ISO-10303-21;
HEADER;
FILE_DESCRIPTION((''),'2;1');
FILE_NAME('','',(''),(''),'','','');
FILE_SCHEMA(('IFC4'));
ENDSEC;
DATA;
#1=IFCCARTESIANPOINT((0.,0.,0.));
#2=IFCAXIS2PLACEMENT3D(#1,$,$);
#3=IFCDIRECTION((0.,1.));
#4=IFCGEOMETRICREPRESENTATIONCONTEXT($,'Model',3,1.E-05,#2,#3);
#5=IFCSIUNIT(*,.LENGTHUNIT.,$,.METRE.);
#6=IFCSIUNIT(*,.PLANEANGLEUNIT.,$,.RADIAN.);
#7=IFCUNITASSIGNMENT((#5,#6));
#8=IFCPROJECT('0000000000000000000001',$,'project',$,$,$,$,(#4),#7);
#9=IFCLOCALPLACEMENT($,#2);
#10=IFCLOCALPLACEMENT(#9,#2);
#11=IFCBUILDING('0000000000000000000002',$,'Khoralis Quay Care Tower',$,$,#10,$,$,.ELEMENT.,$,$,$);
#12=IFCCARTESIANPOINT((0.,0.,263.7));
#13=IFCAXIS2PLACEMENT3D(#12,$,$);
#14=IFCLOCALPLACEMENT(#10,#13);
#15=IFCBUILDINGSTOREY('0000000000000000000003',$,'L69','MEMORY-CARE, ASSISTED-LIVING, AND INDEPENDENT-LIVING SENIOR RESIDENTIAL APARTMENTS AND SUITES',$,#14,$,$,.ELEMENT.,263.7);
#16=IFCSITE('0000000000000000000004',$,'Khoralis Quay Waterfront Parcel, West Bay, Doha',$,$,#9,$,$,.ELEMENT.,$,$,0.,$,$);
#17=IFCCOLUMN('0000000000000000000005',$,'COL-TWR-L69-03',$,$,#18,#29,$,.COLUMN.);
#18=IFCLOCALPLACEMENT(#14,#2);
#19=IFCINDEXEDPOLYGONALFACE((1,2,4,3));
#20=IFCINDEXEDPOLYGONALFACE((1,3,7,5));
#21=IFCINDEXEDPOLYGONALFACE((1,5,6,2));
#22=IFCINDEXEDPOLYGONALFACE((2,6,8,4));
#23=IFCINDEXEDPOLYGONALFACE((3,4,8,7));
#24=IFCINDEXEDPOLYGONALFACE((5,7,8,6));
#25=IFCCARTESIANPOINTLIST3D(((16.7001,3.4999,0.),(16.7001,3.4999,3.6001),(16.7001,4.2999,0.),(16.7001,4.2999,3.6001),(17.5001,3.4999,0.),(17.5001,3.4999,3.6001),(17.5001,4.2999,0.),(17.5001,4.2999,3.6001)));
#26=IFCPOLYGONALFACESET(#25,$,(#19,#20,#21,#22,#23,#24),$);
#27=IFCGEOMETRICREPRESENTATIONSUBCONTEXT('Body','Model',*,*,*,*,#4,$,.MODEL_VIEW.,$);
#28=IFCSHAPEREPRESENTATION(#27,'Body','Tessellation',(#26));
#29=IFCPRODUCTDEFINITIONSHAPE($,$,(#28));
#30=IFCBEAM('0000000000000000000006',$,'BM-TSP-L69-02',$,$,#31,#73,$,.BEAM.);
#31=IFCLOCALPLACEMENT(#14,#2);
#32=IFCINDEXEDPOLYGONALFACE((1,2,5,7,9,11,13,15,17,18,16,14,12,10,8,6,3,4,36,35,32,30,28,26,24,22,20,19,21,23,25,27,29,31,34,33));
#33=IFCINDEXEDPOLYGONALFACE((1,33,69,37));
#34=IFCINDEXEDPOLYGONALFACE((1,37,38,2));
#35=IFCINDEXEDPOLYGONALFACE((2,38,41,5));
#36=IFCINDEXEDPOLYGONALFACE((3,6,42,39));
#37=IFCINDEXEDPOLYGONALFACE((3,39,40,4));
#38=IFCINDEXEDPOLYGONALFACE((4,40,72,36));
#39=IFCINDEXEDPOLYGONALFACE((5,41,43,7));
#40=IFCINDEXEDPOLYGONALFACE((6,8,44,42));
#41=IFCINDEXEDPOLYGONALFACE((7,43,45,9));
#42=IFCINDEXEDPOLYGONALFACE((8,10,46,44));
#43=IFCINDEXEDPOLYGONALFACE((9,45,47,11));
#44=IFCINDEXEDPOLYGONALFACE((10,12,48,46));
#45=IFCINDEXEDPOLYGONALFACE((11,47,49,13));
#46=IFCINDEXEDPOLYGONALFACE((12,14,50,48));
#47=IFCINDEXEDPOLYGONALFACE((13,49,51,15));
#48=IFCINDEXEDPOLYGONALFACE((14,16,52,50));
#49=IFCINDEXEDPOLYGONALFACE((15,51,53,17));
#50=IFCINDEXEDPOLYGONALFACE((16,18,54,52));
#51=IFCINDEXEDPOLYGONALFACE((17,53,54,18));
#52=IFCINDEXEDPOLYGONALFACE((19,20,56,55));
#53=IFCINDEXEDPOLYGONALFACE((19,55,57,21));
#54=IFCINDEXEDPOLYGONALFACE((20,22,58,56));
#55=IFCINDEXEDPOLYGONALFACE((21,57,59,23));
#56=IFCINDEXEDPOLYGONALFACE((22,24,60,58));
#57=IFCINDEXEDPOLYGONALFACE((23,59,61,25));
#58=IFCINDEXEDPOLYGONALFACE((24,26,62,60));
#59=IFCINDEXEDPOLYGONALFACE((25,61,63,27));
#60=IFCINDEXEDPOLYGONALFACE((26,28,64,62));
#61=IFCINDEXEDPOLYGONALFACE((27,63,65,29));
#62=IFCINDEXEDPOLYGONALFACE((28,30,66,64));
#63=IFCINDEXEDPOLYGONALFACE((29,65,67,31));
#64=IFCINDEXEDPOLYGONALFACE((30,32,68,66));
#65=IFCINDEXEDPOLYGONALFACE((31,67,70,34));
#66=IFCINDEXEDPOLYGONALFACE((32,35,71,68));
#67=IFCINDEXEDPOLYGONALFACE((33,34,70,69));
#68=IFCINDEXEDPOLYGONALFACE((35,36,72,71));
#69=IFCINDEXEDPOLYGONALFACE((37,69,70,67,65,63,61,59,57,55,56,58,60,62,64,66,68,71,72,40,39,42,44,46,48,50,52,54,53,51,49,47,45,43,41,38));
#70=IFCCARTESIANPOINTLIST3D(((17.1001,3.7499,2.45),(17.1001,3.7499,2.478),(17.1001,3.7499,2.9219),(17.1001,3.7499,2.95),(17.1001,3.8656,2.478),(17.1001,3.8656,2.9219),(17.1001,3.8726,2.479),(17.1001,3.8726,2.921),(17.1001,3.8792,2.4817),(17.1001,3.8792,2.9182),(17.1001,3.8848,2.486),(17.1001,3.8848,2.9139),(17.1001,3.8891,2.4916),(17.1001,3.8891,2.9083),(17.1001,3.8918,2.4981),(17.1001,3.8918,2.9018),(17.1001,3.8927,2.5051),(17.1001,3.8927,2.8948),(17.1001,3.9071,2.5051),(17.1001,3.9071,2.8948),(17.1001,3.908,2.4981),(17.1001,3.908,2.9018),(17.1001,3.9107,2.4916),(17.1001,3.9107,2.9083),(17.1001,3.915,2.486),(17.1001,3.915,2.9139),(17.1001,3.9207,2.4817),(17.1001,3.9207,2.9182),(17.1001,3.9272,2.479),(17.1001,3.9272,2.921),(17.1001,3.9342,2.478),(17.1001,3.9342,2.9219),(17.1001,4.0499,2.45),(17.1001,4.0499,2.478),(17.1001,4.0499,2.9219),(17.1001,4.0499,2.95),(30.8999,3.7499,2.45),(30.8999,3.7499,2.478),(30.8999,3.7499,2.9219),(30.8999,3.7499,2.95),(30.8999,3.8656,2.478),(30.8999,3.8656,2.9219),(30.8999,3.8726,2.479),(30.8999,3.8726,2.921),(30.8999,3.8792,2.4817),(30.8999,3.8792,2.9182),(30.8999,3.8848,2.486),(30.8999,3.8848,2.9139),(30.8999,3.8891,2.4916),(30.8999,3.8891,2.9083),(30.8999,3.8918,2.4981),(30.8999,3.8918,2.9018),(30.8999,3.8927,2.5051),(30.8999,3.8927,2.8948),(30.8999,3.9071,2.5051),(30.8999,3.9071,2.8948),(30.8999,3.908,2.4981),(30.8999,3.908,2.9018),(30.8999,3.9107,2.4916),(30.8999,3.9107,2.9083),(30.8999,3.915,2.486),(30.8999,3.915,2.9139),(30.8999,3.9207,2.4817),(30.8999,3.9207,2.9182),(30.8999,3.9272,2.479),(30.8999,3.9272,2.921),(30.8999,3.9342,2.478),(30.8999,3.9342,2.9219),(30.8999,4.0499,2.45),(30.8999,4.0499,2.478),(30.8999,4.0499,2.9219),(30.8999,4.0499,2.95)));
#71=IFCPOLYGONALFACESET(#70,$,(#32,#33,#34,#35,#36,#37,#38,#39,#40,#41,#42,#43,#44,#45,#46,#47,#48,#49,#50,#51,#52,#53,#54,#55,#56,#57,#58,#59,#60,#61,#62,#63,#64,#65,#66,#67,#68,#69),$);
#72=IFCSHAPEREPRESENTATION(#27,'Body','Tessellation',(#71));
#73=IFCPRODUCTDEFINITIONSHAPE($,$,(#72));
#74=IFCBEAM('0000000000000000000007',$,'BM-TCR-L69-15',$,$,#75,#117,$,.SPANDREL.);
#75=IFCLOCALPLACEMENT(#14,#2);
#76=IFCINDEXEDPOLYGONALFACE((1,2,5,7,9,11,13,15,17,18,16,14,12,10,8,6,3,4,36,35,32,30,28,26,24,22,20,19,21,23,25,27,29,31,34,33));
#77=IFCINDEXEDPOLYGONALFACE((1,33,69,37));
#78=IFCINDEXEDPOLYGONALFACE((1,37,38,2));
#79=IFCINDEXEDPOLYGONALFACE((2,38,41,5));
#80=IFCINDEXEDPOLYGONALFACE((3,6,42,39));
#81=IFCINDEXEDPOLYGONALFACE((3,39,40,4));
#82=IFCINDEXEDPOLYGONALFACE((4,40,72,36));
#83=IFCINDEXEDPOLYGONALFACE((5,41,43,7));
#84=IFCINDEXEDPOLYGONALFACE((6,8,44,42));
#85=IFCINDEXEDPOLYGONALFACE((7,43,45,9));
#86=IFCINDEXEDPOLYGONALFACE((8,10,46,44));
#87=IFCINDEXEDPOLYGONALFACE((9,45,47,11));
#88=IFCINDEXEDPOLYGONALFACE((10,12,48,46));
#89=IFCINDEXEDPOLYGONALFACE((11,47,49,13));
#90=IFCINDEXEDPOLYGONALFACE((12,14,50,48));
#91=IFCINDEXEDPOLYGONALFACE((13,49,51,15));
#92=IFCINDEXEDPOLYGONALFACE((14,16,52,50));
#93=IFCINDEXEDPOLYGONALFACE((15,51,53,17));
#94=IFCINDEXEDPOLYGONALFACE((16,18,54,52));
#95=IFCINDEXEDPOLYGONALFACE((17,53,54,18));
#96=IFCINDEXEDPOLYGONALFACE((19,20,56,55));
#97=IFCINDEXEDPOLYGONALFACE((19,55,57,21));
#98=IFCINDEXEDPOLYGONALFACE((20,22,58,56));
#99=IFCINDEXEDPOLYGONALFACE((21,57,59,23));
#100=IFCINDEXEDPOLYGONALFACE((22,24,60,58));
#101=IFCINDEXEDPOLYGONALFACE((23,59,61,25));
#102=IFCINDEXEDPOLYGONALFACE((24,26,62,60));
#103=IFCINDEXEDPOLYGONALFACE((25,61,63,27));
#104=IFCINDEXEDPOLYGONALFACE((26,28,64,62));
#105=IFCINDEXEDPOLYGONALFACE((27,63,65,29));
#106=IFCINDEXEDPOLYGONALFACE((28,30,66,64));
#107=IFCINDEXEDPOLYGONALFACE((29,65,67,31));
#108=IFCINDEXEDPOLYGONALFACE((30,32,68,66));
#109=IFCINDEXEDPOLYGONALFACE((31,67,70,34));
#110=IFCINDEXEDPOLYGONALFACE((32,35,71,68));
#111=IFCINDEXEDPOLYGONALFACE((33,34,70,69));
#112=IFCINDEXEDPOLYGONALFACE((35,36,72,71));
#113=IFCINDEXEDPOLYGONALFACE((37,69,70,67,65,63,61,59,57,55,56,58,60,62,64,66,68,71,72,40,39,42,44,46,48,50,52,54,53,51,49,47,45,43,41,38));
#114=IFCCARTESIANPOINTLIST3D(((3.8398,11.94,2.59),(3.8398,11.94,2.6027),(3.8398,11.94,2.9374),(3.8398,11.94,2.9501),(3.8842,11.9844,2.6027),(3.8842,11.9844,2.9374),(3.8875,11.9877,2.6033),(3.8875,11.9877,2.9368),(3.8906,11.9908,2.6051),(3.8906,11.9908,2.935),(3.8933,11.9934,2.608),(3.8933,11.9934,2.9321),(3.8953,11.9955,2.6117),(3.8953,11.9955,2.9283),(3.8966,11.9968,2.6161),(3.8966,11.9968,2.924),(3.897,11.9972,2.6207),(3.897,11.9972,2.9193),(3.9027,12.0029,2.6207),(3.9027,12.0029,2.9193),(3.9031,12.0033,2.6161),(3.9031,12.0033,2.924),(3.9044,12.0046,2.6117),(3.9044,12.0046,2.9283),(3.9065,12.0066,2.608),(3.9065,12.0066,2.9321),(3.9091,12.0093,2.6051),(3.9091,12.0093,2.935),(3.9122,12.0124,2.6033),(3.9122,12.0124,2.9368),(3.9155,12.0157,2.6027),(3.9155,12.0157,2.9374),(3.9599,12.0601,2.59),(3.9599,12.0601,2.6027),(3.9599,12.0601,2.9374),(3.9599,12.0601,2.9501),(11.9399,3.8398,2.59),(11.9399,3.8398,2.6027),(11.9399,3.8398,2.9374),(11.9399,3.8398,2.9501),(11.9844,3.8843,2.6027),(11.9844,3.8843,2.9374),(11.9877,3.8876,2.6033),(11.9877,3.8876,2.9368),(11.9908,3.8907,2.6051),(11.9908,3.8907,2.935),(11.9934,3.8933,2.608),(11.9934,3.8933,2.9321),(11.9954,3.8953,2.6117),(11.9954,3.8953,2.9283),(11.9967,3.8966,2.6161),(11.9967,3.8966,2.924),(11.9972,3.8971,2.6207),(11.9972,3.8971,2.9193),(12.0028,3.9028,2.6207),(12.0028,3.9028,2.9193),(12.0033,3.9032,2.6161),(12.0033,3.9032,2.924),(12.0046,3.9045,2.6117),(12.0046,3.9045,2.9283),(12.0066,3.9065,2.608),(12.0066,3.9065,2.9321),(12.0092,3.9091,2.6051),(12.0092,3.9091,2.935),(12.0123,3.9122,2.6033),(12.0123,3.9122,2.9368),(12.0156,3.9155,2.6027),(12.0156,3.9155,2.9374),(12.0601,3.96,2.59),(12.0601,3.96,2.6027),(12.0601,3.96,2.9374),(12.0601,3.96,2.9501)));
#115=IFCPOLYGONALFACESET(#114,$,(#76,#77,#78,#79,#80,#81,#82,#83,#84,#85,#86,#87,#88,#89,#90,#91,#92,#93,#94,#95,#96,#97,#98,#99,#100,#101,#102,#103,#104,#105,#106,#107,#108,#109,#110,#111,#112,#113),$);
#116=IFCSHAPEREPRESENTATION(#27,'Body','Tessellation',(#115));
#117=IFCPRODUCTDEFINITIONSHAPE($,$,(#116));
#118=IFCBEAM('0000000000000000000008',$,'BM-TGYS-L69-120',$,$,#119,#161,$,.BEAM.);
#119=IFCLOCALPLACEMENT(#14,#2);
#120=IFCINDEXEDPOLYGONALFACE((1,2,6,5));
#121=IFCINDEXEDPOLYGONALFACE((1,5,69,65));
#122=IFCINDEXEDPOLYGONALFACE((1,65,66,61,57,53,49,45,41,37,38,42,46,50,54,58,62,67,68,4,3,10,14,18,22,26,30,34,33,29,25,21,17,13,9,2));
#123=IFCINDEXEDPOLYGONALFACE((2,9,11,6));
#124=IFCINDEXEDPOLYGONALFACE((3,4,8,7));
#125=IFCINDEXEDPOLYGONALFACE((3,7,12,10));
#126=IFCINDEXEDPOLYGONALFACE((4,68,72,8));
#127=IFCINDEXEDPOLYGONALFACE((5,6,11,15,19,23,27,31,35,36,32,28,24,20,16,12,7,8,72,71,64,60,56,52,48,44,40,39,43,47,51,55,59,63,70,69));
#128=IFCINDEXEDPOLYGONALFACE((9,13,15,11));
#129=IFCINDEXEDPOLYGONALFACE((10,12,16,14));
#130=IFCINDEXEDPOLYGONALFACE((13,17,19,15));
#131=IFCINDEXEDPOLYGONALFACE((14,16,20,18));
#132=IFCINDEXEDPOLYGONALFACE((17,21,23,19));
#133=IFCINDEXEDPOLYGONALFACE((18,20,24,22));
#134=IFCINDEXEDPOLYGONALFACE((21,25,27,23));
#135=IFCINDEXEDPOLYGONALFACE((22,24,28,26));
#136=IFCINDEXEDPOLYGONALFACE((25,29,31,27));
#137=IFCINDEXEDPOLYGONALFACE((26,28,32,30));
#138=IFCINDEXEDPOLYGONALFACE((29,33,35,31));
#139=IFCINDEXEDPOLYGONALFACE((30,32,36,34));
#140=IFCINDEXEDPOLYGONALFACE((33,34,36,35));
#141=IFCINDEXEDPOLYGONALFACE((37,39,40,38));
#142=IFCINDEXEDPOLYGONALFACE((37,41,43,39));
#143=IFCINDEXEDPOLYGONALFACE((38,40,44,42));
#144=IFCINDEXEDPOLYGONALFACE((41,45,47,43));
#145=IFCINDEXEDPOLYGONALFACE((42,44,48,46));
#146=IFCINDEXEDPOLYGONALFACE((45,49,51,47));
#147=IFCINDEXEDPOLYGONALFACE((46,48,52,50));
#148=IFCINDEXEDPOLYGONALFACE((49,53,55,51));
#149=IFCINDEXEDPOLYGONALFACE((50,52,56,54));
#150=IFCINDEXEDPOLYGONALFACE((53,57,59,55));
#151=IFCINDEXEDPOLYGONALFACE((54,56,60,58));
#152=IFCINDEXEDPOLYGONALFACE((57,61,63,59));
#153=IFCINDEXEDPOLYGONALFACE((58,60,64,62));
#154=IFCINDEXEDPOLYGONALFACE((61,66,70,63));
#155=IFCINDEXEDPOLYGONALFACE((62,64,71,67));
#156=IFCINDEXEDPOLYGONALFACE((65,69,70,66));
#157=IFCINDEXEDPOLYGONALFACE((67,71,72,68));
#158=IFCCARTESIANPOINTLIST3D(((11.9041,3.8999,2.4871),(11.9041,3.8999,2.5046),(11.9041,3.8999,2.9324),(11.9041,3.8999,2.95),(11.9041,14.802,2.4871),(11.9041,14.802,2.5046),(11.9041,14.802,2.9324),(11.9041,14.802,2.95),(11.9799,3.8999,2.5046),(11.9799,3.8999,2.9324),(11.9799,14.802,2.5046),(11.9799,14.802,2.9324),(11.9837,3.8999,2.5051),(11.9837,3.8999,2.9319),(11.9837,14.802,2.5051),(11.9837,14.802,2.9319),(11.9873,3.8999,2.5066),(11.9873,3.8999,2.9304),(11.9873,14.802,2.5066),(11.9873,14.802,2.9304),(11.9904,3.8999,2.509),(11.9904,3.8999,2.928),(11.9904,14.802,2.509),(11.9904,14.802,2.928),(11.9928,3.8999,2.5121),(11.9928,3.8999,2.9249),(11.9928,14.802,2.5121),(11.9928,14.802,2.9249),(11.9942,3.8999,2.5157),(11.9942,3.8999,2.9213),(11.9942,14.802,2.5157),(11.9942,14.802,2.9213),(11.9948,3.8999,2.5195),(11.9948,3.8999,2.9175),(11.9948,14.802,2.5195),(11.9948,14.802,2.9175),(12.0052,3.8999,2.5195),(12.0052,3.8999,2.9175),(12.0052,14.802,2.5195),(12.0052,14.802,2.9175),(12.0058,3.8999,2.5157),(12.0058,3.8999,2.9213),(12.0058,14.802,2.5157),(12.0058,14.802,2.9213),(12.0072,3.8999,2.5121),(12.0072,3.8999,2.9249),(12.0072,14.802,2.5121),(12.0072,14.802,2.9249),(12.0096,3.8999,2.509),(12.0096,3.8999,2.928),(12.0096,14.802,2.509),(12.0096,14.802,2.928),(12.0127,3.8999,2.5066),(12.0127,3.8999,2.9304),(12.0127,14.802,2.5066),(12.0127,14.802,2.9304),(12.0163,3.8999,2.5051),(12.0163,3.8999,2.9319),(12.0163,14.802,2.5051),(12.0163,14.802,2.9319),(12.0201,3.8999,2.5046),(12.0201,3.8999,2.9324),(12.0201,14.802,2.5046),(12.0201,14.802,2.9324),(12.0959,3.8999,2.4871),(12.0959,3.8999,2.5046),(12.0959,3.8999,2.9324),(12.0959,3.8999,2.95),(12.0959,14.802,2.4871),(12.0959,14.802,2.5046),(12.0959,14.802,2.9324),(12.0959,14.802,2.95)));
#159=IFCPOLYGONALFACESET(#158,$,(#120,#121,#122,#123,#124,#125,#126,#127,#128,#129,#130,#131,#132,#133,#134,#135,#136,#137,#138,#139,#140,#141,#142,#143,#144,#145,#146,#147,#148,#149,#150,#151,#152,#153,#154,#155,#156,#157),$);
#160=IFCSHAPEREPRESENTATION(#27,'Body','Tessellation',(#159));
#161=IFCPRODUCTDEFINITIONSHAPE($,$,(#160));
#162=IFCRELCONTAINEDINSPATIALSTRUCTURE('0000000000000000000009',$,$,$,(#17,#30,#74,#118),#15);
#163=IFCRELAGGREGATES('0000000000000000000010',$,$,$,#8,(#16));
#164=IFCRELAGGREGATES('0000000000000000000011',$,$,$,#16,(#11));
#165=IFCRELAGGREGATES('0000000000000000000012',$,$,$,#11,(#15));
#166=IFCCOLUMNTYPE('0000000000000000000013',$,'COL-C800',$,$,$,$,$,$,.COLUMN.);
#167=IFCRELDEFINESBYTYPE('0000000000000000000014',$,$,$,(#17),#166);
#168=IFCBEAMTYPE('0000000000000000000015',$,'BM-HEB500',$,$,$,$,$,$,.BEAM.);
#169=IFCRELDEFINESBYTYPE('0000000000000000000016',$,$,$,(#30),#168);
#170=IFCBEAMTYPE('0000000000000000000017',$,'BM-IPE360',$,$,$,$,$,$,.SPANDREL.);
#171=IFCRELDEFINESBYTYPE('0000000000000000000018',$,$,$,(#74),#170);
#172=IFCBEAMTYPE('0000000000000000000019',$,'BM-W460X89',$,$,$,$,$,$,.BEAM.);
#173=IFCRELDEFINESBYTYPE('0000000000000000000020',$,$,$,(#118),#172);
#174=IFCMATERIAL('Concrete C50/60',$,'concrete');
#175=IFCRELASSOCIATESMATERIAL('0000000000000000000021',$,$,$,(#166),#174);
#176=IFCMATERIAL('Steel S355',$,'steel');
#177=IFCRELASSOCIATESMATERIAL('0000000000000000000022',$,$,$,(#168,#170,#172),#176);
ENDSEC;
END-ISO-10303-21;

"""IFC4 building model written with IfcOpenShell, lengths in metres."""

from ifc_helpers import new_model, si_unit, direction, frame, origin, origin_2d, place, context, subcontext, project, spatial, rectangle, i_section, extrude, source, transform, mapped, material, material_profile, profile_set, type_object, element, save


model = new_model("IFC4")

# Units and contexts
model_context = context("Model", 3, precision=1e-05, world=origin(), true_north=direction((0.0, 1.0)))
body_context = subcontext(model_context, "Body", "Model", "MODEL_VIEW")
ifc_project = project(units=[si_unit("LENGTHUNIT", "METRE"), si_unit("PLANEANGLEUNIT", "RADIAN")], contexts=[model_context])

# Site, building, storey
site_placement = place(None, origin())
site = spatial("IfcSite", under=ifc_project, at=site_placement, Name="Khoralis Quay Waterfront Parcel, West Bay, Doha", CompositionType="ELEMENT", RefElevation=0.0)
building_placement = place(site_placement, origin())
building = spatial("IfcBuilding", under=site, at=building_placement, Name="Khoralis Quay Care Tower", CompositionType="ELEMENT")
storey_placement = place(building_placement, frame((0.0, 0.0, 263.7)))
storey = spatial("IfcBuildingStorey", under=building, at=storey_placement, Name="L69", Description="MEMORY-CARE, ASSISTED-LIVING, AND INDEPENDENT-LIVING SENIOR RESIDENTIAL APARTMENTS AND SUITES", CompositionType="ELEMENT", Elevation=263.7)

# Column
ifc_material_1 = material(Name="Concrete C50/60", Category="concrete")
ifc_material_profile_1 = material_profile(ifc_material_1, rectangle(XDim=0.8, YDim=0.8, at=origin_2d()), Name="Concrete C50/60")
ifc_profile_set_1 = profile_set([ifc_material_profile_1], Name="Concrete C50/60")
column_type = type_object("IfcColumnType", Name="COL-C800", PredefinedType="COLUMN", material=ifc_profile_set_1)
shared_shape_1 = source(origin(), body_context, "Body", "SweptSolid", [
    extrude(rectangle(XDim=0.8, YDim=0.8, at=origin_2d()), origin(), (0.0, 0.0, 1.0), 3.6001),
])
column_placement = place(storey_placement, frame((17.1001, 3.8999, 0.0), z_axis=(0.0, 0.0, 1.0), x_axis=(1.0, 0.0, 0.0)))
element("IfcColumn", 1, at=column_placement, inside=storey, type_object=column_type, Name="COL-TWR-L69-03", PredefinedType="COLUMN", context=body_context, shape_type="MappedRepresentation", body=[
    mapped(shared_shape_1, transform((0.0, 0.0, 0.0), scale=1.0)),
])

# Beams
ifc_material_2 = material(Name="Steel S355", Category="steel")
ifc_material_profile_2 = material_profile(ifc_material_2, i_section(OverallWidth=0.3, OverallDepth=0.5, WebThickness=0.0144, FlangeThickness=0.0281, FilletRadius=0.0271, at=origin_2d()), Name="Steel S355")
ifc_profile_set_2 = profile_set([ifc_material_profile_2], Name="Steel S355")
beam_type_1 = type_object("IfcBeamType", Name="BM-HEB500", PredefinedType="BEAM", material=ifc_profile_set_2)
shared_shape_2 = source(origin(), body_context, "Body", "SweptSolid", [
    extrude(i_section(OverallWidth=0.3, OverallDepth=0.5, WebThickness=0.0144, FlangeThickness=0.0281, FilletRadius=0.0271, at=origin_2d()), origin(), (0.0, 0.0, 1.0), 13.7998),
])
beam_1_placement = place(storey_placement, frame((17.1001, 3.8999, 2.7), z_axis=(1.0, 0.0, 0.0), x_axis=(0.0, 1.0, 0.0)))
element("IfcBeam", 2, at=beam_1_placement, inside=storey, type_object=beam_type_1, Name="BM-TSP-L69-02", PredefinedType="BEAM", context=body_context, shape_type="MappedRepresentation", body=[
    mapped(shared_shape_2, transform((0.0, 0.0, 0.0), scale=1.0)),
])
ifc_material_profile_3 = material_profile(ifc_material_2, i_section(OverallWidth=0.1699, OverallDepth=0.3601, WebThickness=0.0081, FlangeThickness=0.0127, FilletRadius=0.0181, at=origin_2d()), Name="Steel S355")
ifc_profile_set_3 = profile_set([ifc_material_profile_3], Name="Steel S355")
beam_type_2 = type_object("IfcBeamType", Name="BM-IPE360", PredefinedType="SPANDREL", material=ifc_profile_set_3)
shared_shape_3 = source(origin(), body_context, "Body", "SweptSolid", [
    extrude(i_section(OverallWidth=0.1699, OverallDepth=0.3601, WebThickness=0.0081, FlangeThickness=0.0127, FilletRadius=0.0181, at=origin_2d()), origin(), (0.0, 0.0, 1.0), 11.4553),
])
beam_2_placement = place(storey_placement, frame((12.0, 3.8999, 2.77), z_axis=(-0.707107, 0.707107, 0.0), x_axis=(-0.707107, -0.707107, 0.0)))
element("IfcBeam", 3, at=beam_2_placement, inside=storey, type_object=beam_type_2, Name="BM-TCR-L69-15", PredefinedType="SPANDREL", context=body_context, shape_type="MappedRepresentation", body=[
    mapped(shared_shape_3, transform((0.0, 0.0, 0.0), scale=1.0)),
])
ifc_material_profile_4 = material_profile(ifc_material_2, i_section(OverallWidth=0.1919, OverallDepth=0.4629, WebThickness=0.0105, FlangeThickness=0.0176, FilletRadius=0.0149, at=origin_2d()), Name="Steel S355")
ifc_profile_set_4 = profile_set([ifc_material_profile_4], Name="Steel S355")
beam_type_3 = type_object("IfcBeamType", Name="BM-W460X89", PredefinedType="BEAM", material=ifc_profile_set_4)
shared_shape_4 = source(origin(), body_context, "Body", "SweptSolid", [
    extrude(i_section(OverallWidth=0.1919, OverallDepth=0.4629, WebThickness=0.0105, FlangeThickness=0.0176, FilletRadius=0.0149, at=origin_2d()), origin(), (0.0, 0.0, 1.0), 10.9021),
])
beam_3_placement = place(storey_placement, frame((12.0, 3.8999, 2.7185), z_axis=(0.0, 1.0, 0.0), x_axis=(-1.0, 0.0, 0.0)))
element("IfcBeam", 4, at=beam_3_placement, inside=storey, type_object=beam_type_3, Name="BM-TGYS-L69-120", PredefinedType="BEAM", context=body_context, shape_type="MappedRepresentation", body=[
    mapped(shared_shape_4, transform((0.0, 0.0, 0.0), scale=1.0)),
])

save(model, "model.ifc")
